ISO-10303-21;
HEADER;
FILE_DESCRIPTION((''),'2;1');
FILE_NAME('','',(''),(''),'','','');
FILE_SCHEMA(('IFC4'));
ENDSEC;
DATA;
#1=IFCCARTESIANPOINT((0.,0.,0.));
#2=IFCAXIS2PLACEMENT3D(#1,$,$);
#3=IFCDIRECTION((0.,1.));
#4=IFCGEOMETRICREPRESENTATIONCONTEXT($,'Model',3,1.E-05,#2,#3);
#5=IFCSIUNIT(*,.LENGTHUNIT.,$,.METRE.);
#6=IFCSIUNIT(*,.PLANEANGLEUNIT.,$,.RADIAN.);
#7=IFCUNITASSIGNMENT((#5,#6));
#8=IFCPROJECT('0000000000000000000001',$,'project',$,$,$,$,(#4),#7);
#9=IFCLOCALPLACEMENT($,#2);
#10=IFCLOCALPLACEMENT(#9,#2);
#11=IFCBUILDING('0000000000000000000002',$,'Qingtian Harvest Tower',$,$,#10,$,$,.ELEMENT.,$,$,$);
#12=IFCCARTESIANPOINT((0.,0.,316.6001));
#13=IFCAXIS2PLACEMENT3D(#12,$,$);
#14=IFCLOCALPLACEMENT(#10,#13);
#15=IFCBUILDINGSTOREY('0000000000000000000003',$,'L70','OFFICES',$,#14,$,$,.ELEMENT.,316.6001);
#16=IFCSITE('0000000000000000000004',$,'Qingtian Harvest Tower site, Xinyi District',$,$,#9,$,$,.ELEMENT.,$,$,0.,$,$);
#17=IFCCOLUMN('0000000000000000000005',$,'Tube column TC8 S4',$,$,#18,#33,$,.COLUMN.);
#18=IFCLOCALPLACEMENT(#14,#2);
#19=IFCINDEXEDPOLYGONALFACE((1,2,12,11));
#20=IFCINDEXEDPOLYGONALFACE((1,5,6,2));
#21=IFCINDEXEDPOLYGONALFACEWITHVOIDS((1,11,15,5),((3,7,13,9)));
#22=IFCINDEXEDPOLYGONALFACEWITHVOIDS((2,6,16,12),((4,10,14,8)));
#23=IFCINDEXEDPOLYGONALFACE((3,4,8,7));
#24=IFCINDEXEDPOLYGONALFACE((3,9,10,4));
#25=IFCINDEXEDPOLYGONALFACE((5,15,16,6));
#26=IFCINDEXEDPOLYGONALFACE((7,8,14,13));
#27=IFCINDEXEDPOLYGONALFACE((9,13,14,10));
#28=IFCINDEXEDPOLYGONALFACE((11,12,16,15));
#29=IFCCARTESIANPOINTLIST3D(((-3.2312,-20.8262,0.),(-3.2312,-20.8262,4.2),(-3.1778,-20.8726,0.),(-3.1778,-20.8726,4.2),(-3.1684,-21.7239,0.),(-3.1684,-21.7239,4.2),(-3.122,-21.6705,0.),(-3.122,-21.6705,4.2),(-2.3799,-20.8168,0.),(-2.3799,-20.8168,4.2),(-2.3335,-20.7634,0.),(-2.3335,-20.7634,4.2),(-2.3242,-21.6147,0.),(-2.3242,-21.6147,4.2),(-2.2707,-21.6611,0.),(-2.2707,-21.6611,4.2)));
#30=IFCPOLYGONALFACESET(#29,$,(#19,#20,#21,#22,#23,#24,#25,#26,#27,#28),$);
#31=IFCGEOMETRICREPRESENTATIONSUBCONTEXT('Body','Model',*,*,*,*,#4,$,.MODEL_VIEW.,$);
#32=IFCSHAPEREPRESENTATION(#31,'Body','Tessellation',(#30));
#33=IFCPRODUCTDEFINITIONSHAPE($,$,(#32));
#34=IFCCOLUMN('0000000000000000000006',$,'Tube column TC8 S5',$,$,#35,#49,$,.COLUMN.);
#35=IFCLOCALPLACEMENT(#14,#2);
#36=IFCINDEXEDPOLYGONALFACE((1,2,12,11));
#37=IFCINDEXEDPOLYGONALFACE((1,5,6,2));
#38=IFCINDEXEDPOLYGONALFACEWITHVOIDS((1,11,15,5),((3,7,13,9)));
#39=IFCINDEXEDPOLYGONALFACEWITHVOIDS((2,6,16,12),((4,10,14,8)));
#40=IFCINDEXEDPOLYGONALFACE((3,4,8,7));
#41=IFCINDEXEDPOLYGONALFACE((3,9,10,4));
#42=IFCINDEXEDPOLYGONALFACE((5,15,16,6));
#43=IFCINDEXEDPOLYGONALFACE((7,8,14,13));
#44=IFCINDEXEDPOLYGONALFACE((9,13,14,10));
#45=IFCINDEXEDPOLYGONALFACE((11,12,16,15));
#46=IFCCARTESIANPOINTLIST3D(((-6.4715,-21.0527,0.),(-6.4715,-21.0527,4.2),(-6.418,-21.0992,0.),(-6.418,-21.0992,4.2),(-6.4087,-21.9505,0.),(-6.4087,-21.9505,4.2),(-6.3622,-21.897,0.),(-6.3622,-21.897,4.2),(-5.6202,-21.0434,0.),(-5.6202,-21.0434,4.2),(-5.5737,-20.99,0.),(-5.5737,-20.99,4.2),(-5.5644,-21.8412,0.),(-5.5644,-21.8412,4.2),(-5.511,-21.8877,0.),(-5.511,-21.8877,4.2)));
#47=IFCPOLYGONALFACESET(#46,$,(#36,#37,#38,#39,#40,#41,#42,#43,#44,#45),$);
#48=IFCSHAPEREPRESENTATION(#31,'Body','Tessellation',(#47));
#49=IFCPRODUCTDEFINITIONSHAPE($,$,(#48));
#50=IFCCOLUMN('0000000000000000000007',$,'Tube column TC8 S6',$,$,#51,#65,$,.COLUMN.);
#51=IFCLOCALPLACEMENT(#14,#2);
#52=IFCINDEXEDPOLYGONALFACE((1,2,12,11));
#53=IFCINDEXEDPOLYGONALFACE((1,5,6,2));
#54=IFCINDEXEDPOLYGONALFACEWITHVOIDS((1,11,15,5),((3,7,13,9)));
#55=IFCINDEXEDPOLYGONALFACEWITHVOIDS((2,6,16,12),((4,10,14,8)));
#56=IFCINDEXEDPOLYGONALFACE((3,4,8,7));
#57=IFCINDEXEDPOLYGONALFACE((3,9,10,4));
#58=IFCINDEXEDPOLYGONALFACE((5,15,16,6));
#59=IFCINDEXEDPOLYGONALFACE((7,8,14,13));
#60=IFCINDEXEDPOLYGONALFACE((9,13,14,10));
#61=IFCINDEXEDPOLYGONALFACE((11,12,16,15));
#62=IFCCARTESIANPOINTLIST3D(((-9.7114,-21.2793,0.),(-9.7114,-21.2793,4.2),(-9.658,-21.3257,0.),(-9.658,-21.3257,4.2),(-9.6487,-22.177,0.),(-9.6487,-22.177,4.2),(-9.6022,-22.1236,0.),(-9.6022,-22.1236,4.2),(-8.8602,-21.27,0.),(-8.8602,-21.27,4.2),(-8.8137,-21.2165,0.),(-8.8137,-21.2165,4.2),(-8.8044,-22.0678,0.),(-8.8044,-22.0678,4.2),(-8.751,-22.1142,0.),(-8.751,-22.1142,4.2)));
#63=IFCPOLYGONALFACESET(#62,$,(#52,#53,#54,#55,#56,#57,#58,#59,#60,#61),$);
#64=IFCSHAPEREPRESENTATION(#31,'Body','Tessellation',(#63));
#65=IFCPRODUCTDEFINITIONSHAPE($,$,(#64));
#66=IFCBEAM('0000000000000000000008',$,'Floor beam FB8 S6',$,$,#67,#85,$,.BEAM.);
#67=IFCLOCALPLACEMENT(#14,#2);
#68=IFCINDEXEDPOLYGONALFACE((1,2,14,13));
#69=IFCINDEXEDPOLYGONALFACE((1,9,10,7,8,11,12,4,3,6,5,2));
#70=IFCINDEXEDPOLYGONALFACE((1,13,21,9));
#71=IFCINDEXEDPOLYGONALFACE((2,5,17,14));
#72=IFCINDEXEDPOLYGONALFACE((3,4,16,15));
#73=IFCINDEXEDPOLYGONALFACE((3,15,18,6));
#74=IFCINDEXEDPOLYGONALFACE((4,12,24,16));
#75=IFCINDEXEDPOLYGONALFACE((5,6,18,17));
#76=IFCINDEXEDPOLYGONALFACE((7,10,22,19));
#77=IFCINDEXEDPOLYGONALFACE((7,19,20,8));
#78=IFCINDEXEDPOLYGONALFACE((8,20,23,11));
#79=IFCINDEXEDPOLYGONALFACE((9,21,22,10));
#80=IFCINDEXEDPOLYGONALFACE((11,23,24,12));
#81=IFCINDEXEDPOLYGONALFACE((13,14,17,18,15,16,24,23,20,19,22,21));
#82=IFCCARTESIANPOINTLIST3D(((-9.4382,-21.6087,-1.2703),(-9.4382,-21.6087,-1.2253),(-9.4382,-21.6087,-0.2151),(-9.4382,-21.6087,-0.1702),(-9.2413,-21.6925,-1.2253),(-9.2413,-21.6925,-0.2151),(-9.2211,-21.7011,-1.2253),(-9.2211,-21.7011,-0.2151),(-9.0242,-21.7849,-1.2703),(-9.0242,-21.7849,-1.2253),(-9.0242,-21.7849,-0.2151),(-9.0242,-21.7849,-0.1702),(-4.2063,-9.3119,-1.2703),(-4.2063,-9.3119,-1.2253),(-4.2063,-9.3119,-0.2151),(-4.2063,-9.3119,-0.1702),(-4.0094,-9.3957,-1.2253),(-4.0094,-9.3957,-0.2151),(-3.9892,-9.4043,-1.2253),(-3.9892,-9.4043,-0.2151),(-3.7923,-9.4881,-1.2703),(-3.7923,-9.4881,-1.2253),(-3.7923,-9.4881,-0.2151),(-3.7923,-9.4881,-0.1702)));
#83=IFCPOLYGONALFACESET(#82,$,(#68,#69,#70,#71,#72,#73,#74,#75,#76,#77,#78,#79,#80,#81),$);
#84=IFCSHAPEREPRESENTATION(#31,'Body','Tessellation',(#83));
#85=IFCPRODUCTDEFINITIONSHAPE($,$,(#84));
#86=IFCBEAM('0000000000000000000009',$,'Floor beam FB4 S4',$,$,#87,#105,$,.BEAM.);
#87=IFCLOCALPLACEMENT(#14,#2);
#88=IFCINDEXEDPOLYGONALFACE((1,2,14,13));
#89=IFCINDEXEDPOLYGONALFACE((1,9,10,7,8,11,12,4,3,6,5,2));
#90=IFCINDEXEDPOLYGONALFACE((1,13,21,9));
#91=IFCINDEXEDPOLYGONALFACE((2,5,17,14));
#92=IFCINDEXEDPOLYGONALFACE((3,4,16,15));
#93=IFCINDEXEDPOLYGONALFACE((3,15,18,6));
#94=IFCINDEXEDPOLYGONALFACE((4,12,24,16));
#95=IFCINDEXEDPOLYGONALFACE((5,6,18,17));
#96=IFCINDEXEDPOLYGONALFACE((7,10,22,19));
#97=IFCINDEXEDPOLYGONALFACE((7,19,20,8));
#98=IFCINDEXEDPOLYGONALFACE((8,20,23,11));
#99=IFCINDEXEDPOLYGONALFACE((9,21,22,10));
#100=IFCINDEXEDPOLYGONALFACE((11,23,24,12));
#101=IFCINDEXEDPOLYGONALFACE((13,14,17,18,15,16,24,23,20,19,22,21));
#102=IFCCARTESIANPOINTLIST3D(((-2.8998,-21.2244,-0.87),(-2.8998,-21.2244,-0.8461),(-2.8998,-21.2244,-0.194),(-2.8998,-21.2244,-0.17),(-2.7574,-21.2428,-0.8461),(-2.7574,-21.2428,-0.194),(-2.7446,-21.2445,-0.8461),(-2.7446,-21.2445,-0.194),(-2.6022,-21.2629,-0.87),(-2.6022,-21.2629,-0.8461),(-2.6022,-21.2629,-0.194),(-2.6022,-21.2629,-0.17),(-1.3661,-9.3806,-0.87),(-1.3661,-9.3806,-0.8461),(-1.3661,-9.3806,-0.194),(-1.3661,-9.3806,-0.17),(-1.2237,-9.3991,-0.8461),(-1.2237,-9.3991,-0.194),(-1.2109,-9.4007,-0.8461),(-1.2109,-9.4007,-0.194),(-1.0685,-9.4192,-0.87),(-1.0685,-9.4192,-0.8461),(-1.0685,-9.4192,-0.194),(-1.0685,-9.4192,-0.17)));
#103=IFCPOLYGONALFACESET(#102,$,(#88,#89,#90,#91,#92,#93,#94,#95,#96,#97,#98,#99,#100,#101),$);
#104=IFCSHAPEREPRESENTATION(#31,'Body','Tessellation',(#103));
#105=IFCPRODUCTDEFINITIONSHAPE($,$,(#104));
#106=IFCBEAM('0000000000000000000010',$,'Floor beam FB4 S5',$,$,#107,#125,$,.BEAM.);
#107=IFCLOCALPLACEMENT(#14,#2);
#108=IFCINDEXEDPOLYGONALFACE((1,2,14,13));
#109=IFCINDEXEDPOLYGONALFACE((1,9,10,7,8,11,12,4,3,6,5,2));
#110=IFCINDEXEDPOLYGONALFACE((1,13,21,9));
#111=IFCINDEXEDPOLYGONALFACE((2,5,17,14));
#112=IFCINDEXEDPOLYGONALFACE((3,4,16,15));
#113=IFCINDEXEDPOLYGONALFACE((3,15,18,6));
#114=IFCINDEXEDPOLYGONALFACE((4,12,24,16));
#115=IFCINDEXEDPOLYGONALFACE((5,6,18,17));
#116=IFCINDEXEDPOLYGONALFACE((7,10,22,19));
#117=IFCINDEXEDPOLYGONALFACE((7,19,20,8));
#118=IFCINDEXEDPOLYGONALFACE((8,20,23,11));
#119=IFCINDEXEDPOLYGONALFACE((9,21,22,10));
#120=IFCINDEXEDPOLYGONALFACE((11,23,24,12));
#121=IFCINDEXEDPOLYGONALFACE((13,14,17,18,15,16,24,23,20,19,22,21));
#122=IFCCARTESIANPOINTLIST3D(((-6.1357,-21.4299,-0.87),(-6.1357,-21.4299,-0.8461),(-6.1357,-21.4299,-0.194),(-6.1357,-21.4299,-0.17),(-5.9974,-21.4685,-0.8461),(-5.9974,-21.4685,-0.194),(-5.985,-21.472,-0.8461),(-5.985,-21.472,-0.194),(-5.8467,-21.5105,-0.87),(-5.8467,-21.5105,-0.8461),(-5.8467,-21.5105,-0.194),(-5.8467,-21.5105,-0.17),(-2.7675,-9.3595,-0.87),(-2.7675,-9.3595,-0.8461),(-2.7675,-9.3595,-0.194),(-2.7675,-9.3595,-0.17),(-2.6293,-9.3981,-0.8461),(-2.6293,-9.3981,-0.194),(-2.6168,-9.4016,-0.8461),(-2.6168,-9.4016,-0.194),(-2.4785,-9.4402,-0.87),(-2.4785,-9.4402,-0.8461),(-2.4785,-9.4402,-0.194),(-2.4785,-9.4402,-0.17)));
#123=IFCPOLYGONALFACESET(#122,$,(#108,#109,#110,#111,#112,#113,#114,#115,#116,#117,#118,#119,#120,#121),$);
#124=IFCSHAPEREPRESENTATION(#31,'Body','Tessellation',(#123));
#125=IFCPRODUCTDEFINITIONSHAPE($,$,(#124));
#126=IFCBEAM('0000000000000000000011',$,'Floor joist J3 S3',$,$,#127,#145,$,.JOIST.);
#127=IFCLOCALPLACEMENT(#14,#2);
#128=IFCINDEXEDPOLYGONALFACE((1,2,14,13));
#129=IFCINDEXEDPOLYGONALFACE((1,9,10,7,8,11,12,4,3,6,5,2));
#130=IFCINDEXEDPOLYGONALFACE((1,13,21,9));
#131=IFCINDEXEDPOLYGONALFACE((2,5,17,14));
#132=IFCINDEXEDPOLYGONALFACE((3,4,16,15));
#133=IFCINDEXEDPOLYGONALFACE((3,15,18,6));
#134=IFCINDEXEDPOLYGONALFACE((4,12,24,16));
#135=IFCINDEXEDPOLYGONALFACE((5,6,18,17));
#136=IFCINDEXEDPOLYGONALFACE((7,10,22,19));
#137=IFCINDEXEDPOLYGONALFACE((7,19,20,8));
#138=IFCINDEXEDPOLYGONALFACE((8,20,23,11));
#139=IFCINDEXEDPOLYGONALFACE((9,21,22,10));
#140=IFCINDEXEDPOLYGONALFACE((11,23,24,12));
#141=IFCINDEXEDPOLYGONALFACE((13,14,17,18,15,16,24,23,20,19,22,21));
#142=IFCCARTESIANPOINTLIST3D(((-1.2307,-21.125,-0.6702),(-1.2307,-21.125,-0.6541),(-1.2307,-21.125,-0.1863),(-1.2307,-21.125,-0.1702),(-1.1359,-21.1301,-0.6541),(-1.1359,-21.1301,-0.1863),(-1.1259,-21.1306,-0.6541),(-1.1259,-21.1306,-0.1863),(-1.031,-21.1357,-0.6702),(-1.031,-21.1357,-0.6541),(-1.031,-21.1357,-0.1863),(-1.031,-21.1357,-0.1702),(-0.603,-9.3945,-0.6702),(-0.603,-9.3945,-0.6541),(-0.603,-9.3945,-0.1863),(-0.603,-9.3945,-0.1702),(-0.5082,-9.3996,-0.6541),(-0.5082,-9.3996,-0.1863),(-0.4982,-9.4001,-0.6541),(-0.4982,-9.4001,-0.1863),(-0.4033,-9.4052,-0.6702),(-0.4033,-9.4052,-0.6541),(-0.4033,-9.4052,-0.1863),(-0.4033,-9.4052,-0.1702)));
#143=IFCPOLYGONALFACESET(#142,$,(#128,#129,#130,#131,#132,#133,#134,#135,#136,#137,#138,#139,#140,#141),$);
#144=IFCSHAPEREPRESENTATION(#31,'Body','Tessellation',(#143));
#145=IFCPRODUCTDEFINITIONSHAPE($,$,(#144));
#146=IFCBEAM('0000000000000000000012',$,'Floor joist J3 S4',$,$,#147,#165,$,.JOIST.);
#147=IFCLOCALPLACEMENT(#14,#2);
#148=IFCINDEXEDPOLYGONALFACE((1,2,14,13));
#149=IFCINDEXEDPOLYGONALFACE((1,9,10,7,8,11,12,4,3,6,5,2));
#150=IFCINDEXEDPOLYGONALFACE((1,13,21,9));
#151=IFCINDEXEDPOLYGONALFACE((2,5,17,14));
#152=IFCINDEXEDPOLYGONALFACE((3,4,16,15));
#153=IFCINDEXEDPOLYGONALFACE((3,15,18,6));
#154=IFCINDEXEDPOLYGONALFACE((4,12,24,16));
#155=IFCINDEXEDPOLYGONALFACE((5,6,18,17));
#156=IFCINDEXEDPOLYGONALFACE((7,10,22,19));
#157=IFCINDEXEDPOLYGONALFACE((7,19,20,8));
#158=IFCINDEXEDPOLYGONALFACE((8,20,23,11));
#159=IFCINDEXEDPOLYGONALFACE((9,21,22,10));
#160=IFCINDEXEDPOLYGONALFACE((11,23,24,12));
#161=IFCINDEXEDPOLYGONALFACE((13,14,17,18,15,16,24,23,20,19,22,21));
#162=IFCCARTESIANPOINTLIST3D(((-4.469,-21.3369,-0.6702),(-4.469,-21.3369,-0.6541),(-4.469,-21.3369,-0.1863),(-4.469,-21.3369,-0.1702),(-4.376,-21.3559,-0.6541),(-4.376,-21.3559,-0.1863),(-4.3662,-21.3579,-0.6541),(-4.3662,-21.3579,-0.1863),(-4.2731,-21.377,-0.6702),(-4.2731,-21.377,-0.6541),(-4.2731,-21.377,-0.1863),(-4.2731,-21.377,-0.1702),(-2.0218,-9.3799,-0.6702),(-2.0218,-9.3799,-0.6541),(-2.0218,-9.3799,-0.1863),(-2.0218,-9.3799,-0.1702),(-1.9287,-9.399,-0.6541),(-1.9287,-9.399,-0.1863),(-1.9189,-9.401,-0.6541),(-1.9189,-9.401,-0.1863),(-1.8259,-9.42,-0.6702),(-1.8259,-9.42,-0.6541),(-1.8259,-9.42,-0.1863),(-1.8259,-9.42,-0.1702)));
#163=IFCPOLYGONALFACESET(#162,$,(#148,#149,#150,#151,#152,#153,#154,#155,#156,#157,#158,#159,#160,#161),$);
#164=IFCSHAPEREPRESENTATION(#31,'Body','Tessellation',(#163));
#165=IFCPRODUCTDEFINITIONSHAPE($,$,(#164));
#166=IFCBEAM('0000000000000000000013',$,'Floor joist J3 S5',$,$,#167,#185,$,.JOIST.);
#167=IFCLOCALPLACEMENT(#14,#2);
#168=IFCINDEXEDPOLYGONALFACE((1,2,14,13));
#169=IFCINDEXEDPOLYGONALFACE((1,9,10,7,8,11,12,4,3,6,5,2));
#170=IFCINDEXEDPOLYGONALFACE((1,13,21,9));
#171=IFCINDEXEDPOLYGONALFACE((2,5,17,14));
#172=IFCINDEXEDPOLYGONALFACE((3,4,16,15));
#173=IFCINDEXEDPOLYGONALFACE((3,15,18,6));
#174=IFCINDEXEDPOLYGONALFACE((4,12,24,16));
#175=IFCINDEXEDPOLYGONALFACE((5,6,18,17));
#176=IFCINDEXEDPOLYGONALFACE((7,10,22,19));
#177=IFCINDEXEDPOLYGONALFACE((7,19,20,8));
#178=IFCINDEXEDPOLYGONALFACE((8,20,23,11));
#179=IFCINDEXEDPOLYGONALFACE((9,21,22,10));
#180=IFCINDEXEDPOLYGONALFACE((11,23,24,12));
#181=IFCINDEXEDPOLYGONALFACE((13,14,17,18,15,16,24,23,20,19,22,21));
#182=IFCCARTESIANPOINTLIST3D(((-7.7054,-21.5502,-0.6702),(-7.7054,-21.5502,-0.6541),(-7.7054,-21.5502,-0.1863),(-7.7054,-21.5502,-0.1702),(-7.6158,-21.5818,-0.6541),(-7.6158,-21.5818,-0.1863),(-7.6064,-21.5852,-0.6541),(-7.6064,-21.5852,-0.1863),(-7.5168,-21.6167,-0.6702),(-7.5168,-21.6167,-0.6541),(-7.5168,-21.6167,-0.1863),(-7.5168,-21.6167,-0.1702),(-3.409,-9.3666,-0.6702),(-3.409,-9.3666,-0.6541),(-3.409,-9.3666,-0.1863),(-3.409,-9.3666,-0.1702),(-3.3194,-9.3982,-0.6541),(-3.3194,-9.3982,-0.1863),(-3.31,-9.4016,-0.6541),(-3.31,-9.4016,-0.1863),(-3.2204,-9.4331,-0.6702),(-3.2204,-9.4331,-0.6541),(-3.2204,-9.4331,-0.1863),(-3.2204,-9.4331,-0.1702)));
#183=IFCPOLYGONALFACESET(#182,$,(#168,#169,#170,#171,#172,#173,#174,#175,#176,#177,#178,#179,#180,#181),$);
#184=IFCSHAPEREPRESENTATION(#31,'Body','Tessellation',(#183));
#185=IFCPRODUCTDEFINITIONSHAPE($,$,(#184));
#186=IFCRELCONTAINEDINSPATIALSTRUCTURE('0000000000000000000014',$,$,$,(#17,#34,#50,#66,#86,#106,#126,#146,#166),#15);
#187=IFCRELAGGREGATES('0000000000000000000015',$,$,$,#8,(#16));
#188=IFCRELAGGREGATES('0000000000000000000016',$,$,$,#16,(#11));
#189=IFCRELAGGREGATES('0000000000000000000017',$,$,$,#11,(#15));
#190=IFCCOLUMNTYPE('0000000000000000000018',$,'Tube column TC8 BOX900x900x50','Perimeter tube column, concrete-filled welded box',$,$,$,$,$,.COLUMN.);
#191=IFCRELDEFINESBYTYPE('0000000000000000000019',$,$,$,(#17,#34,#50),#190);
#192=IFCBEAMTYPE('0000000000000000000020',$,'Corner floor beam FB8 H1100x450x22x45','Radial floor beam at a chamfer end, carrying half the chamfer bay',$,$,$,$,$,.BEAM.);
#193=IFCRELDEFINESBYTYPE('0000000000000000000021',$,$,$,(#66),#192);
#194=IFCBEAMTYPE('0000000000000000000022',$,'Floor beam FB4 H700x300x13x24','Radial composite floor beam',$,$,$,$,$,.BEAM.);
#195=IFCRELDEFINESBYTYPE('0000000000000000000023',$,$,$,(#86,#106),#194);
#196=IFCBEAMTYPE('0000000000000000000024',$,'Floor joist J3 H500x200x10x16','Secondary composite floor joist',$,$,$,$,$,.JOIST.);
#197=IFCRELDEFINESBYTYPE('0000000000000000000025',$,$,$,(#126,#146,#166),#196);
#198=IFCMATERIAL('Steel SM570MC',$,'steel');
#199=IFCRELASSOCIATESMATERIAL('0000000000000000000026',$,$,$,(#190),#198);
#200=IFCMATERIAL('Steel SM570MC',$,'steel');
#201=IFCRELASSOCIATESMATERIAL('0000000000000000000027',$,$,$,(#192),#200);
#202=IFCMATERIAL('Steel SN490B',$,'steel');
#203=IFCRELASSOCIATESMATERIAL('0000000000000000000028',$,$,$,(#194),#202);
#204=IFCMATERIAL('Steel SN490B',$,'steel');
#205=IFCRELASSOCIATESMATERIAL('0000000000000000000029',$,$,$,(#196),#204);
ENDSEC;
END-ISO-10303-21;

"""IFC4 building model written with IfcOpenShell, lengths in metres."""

from ifc_helpers import new_model, si_unit, direction, frame, origin, origin_2d, place, context, subcontext, project, spatial, hollow_rectangle, i_section, extrude, material, material_profile, profile_set, type_object, element, save


model = new_model("IFC4")

# Units and contexts
model_context = context("Model", 3, precision=1e-05, world=origin(), true_north=direction((0.0, 1.0)))
body_context = subcontext(model_context, "Body", "Model", "MODEL_VIEW")
ifc_project = project(units=[si_unit("LENGTHUNIT", "METRE"), si_unit("PLANEANGLEUNIT", "RADIAN")], contexts=[model_context])

# Site, building, storey
site_placement = place(None, origin())
site = spatial("IfcSite", under=ifc_project, at=site_placement, Name="Qingtian Harvest Tower site, Xinyi District", CompositionType="ELEMENT", RefElevation=0.0)
building_placement = place(site_placement, origin())
building = spatial("IfcBuilding", under=site, at=building_placement, Name="Qingtian Harvest Tower", CompositionType="ELEMENT")
storey_placement = place(building_placement, frame((0.0, 0.0, 316.6001)))
storey = spatial("IfcBuildingStorey", under=building, at=storey_placement, Name="L70", Description="OFFICES", CompositionType="ELEMENT", Elevation=316.6001)

# Columns
ifc_material_1 = material(Name="Steel SM570MC", Category="steel")
ifc_material_profile_1 = material_profile(ifc_material_1, hollow_rectangle(XDim=0.8999, YDim=0.8999, WallThickness=0.05, at=origin_2d()), Name="BOX900x900x50")
ifc_profile_set_1 = profile_set([ifc_material_profile_1], Name="Steel SM570MC")
column_type = type_object("IfcColumnType", Name="Tube column TC8 BOX900x900x50", Description="Perimeter tube column, concrete-filled welded box", PredefinedType="COLUMN", material=ifc_profile_set_1)
for number, where, z_axis, x_axis, name in (
    (1, (-2.751, -21.2437, 0.0), (0.0, 0.0, 1.0), (0.997564, 0.069756, 0.0), "Tube column TC8 S4"),
    (2, (-5.9912, -21.4702, 0.0), (0.0, 0.0, 1.0), (0.997564, 0.069756, 0.0), "Tube column TC8 S5"),
    (3, (-9.2312, -21.6968, 0.0), (0.0, 0.0, 1.0), (0.997564, 0.069756, 0.0), "Tube column TC8 S6"),
):
    element("IfcColumn", number, at=place(storey_placement, frame(where, z_axis=z_axis, x_axis=x_axis)), inside=storey, type_object=column_type, Name=name, PredefinedType="COLUMN", context=body_context, shape_type="SweptSolid", body=[
        extrude(hollow_rectangle(XDim=0.8999, YDim=0.8999, WallThickness=0.05, at=origin_2d()), origin(), (0.0, 0.0, 1.0), 4.2),
    ])

# Beams
ifc_material_2 = material(Name="Steel SM570MC", Category="steel")
ifc_material_profile_2 = material_profile(ifc_material_2, i_section(OverallWidth=0.45, OverallDepth=1.1001, WebThickness=0.022, FlangeThickness=0.0449, at=origin_2d()), Name="H1100x450x22x45")
ifc_profile_set_2 = profile_set([ifc_material_profile_2], Name="Steel SM570MC")
beam_type_1 = type_object("IfcBeamType", Name="Corner floor beam FB8 H1100x450x22x45", Description="Radial floor beam at a chamfer end, carrying half the chamfer bay", PredefinedType="BEAM", material=ifc_profile_set_2)
beam_1_placement = place(storey_placement, frame((-9.2312, -21.6968, -0.7202), z_axis=(0.391506, 0.920176, 0.0), x_axis=(-0.920176, 0.391506, 0.0)))
element("IfcBeam", 4, at=beam_1_placement, inside=storey, type_object=beam_type_1, Name="Floor beam FB8 S6", PredefinedType="BEAM", context=body_context, shape_type="SweptSolid", body=[
    extrude(i_section(OverallWidth=0.45, OverallDepth=1.1001, WebThickness=0.022, FlangeThickness=0.0449, at=origin_2d()), origin(), (0.0, 0.0, 1.0), 13.3635),
])
ifc_material_3 = material(Name="Steel SN490B", Category="steel")
ifc_material_profile_3 = material_profile(ifc_material_3, i_section(OverallWidth=0.3, OverallDepth=0.7, WebThickness=0.0129, FlangeThickness=0.0239, at=origin_2d()), Name="H700x300x13x24")
ifc_profile_set_3 = profile_set([ifc_material_profile_3], Name="Steel SN490B")
beam_type_2 = type_object("IfcBeamType", Name="Floor beam FB4 H700x300x13x24", Description="Radial composite floor beam", PredefinedType="BEAM", material=ifc_profile_set_3)
beam_2_placement = place(storey_placement, frame((-2.751, -21.2437, -0.52), z_axis=(0.128421, 0.99172, 0.0), x_axis=(-0.99172, 0.128421, 0.0)))
element("IfcBeam", 5, at=beam_2_placement, inside=storey, type_object=beam_type_2, Name="Floor beam FB4 S4", PredefinedType="BEAM", context=body_context, shape_type="SweptSolid", body=[
    extrude(i_section(OverallWidth=0.3, OverallDepth=0.7, WebThickness=0.0129, FlangeThickness=0.0239, at=origin_2d()), origin(), (0.0, 0.0, 1.0), 11.9426),
])
beam_3_placement = place(storey_placement, frame((-5.9912, -21.4702, -0.52), z_axis=(0.268777, 0.963202, 0.0), x_axis=(-0.963202, 0.268777, 0.0)))
element("IfcBeam", 6, at=beam_3_placement, inside=storey, type_object=beam_type_2, Name="Floor beam FB4 S5", PredefinedType="BEAM", context=body_context, shape_type="SweptSolid", body=[
    extrude(i_section(OverallWidth=0.3, OverallDepth=0.7, WebThickness=0.0129, FlangeThickness=0.0239, at=origin_2d()), origin(), (0.0, 0.0, 1.0), 12.5315),
])
ifc_material_4 = material(Name="Steel SN490B", Category="steel")
ifc_material_profile_4 = material_profile(ifc_material_4, i_section(OverallWidth=0.2, OverallDepth=0.5, WebThickness=0.01, FlangeThickness=0.0161, at=origin_2d()), Name="H500x200x10x16")
ifc_profile_set_4 = profile_set([ifc_material_profile_4], Name="Steel SN490B")
beam_type_3 = type_object("IfcBeamType", Name="Floor joist J3 H500x200x10x16", Description="Secondary composite floor joist", PredefinedType="JOIST", material=ifc_profile_set_4)
beam_4_placement = place(storey_placement, frame((-1.1309, -21.1304, -0.4202), z_axis=(0.053433, 0.998571, 0.0), x_axis=(-0.998571, 0.053433, 0.0)))
element("IfcBeam", 7, at=beam_4_placement, inside=storey, type_object=beam_type_3, Name="Floor joist J3 S3", PredefinedType="JOIST", context=body_context, shape_type="SweptSolid", body=[
    extrude(i_section(OverallWidth=0.2, OverallDepth=0.5, WebThickness=0.01, FlangeThickness=0.0161, at=origin_2d()), origin(), (0.0, 0.0, 1.0), 11.7473),
])
beam_5_placement = place(storey_placement, frame((-4.3711, -21.3569, -0.4202), z_axis=(0.200515, 0.979691, 0.0), x_axis=(-0.979691, 0.200515, 0.0)))
element("IfcBeam", 8, at=beam_5_placement, inside=storey, type_object=beam_type_3, Name="Floor joist J3 S4", PredefinedType="JOIST", context=body_context, shape_type="SweptSolid", body=[
    extrude(i_section(OverallWidth=0.2, OverallDepth=0.5, WebThickness=0.01, FlangeThickness=0.0161, at=origin_2d()), origin(), (0.0, 0.0, 1.0), 12.2048),
])
beam_6_placement = place(storey_placement, frame((-7.6111, -21.5835, -0.4202), z_axis=(0.332565, 0.94308, 0.0), x_axis=(-0.94308, 0.332565, 0.0)))
element("IfcBeam", 9, at=beam_6_placement, inside=storey, type_object=beam_type_3, Name="Floor joist J3 S5", PredefinedType="JOIST", context=body_context, shape_type="SweptSolid", body=[
    extrude(i_section(OverallWidth=0.2, OverallDepth=0.5, WebThickness=0.01, FlangeThickness=0.0161, at=origin_2d()), origin(), (0.0, 0.0, 1.0), 12.9189),
])

save(model, "model.ifc")
